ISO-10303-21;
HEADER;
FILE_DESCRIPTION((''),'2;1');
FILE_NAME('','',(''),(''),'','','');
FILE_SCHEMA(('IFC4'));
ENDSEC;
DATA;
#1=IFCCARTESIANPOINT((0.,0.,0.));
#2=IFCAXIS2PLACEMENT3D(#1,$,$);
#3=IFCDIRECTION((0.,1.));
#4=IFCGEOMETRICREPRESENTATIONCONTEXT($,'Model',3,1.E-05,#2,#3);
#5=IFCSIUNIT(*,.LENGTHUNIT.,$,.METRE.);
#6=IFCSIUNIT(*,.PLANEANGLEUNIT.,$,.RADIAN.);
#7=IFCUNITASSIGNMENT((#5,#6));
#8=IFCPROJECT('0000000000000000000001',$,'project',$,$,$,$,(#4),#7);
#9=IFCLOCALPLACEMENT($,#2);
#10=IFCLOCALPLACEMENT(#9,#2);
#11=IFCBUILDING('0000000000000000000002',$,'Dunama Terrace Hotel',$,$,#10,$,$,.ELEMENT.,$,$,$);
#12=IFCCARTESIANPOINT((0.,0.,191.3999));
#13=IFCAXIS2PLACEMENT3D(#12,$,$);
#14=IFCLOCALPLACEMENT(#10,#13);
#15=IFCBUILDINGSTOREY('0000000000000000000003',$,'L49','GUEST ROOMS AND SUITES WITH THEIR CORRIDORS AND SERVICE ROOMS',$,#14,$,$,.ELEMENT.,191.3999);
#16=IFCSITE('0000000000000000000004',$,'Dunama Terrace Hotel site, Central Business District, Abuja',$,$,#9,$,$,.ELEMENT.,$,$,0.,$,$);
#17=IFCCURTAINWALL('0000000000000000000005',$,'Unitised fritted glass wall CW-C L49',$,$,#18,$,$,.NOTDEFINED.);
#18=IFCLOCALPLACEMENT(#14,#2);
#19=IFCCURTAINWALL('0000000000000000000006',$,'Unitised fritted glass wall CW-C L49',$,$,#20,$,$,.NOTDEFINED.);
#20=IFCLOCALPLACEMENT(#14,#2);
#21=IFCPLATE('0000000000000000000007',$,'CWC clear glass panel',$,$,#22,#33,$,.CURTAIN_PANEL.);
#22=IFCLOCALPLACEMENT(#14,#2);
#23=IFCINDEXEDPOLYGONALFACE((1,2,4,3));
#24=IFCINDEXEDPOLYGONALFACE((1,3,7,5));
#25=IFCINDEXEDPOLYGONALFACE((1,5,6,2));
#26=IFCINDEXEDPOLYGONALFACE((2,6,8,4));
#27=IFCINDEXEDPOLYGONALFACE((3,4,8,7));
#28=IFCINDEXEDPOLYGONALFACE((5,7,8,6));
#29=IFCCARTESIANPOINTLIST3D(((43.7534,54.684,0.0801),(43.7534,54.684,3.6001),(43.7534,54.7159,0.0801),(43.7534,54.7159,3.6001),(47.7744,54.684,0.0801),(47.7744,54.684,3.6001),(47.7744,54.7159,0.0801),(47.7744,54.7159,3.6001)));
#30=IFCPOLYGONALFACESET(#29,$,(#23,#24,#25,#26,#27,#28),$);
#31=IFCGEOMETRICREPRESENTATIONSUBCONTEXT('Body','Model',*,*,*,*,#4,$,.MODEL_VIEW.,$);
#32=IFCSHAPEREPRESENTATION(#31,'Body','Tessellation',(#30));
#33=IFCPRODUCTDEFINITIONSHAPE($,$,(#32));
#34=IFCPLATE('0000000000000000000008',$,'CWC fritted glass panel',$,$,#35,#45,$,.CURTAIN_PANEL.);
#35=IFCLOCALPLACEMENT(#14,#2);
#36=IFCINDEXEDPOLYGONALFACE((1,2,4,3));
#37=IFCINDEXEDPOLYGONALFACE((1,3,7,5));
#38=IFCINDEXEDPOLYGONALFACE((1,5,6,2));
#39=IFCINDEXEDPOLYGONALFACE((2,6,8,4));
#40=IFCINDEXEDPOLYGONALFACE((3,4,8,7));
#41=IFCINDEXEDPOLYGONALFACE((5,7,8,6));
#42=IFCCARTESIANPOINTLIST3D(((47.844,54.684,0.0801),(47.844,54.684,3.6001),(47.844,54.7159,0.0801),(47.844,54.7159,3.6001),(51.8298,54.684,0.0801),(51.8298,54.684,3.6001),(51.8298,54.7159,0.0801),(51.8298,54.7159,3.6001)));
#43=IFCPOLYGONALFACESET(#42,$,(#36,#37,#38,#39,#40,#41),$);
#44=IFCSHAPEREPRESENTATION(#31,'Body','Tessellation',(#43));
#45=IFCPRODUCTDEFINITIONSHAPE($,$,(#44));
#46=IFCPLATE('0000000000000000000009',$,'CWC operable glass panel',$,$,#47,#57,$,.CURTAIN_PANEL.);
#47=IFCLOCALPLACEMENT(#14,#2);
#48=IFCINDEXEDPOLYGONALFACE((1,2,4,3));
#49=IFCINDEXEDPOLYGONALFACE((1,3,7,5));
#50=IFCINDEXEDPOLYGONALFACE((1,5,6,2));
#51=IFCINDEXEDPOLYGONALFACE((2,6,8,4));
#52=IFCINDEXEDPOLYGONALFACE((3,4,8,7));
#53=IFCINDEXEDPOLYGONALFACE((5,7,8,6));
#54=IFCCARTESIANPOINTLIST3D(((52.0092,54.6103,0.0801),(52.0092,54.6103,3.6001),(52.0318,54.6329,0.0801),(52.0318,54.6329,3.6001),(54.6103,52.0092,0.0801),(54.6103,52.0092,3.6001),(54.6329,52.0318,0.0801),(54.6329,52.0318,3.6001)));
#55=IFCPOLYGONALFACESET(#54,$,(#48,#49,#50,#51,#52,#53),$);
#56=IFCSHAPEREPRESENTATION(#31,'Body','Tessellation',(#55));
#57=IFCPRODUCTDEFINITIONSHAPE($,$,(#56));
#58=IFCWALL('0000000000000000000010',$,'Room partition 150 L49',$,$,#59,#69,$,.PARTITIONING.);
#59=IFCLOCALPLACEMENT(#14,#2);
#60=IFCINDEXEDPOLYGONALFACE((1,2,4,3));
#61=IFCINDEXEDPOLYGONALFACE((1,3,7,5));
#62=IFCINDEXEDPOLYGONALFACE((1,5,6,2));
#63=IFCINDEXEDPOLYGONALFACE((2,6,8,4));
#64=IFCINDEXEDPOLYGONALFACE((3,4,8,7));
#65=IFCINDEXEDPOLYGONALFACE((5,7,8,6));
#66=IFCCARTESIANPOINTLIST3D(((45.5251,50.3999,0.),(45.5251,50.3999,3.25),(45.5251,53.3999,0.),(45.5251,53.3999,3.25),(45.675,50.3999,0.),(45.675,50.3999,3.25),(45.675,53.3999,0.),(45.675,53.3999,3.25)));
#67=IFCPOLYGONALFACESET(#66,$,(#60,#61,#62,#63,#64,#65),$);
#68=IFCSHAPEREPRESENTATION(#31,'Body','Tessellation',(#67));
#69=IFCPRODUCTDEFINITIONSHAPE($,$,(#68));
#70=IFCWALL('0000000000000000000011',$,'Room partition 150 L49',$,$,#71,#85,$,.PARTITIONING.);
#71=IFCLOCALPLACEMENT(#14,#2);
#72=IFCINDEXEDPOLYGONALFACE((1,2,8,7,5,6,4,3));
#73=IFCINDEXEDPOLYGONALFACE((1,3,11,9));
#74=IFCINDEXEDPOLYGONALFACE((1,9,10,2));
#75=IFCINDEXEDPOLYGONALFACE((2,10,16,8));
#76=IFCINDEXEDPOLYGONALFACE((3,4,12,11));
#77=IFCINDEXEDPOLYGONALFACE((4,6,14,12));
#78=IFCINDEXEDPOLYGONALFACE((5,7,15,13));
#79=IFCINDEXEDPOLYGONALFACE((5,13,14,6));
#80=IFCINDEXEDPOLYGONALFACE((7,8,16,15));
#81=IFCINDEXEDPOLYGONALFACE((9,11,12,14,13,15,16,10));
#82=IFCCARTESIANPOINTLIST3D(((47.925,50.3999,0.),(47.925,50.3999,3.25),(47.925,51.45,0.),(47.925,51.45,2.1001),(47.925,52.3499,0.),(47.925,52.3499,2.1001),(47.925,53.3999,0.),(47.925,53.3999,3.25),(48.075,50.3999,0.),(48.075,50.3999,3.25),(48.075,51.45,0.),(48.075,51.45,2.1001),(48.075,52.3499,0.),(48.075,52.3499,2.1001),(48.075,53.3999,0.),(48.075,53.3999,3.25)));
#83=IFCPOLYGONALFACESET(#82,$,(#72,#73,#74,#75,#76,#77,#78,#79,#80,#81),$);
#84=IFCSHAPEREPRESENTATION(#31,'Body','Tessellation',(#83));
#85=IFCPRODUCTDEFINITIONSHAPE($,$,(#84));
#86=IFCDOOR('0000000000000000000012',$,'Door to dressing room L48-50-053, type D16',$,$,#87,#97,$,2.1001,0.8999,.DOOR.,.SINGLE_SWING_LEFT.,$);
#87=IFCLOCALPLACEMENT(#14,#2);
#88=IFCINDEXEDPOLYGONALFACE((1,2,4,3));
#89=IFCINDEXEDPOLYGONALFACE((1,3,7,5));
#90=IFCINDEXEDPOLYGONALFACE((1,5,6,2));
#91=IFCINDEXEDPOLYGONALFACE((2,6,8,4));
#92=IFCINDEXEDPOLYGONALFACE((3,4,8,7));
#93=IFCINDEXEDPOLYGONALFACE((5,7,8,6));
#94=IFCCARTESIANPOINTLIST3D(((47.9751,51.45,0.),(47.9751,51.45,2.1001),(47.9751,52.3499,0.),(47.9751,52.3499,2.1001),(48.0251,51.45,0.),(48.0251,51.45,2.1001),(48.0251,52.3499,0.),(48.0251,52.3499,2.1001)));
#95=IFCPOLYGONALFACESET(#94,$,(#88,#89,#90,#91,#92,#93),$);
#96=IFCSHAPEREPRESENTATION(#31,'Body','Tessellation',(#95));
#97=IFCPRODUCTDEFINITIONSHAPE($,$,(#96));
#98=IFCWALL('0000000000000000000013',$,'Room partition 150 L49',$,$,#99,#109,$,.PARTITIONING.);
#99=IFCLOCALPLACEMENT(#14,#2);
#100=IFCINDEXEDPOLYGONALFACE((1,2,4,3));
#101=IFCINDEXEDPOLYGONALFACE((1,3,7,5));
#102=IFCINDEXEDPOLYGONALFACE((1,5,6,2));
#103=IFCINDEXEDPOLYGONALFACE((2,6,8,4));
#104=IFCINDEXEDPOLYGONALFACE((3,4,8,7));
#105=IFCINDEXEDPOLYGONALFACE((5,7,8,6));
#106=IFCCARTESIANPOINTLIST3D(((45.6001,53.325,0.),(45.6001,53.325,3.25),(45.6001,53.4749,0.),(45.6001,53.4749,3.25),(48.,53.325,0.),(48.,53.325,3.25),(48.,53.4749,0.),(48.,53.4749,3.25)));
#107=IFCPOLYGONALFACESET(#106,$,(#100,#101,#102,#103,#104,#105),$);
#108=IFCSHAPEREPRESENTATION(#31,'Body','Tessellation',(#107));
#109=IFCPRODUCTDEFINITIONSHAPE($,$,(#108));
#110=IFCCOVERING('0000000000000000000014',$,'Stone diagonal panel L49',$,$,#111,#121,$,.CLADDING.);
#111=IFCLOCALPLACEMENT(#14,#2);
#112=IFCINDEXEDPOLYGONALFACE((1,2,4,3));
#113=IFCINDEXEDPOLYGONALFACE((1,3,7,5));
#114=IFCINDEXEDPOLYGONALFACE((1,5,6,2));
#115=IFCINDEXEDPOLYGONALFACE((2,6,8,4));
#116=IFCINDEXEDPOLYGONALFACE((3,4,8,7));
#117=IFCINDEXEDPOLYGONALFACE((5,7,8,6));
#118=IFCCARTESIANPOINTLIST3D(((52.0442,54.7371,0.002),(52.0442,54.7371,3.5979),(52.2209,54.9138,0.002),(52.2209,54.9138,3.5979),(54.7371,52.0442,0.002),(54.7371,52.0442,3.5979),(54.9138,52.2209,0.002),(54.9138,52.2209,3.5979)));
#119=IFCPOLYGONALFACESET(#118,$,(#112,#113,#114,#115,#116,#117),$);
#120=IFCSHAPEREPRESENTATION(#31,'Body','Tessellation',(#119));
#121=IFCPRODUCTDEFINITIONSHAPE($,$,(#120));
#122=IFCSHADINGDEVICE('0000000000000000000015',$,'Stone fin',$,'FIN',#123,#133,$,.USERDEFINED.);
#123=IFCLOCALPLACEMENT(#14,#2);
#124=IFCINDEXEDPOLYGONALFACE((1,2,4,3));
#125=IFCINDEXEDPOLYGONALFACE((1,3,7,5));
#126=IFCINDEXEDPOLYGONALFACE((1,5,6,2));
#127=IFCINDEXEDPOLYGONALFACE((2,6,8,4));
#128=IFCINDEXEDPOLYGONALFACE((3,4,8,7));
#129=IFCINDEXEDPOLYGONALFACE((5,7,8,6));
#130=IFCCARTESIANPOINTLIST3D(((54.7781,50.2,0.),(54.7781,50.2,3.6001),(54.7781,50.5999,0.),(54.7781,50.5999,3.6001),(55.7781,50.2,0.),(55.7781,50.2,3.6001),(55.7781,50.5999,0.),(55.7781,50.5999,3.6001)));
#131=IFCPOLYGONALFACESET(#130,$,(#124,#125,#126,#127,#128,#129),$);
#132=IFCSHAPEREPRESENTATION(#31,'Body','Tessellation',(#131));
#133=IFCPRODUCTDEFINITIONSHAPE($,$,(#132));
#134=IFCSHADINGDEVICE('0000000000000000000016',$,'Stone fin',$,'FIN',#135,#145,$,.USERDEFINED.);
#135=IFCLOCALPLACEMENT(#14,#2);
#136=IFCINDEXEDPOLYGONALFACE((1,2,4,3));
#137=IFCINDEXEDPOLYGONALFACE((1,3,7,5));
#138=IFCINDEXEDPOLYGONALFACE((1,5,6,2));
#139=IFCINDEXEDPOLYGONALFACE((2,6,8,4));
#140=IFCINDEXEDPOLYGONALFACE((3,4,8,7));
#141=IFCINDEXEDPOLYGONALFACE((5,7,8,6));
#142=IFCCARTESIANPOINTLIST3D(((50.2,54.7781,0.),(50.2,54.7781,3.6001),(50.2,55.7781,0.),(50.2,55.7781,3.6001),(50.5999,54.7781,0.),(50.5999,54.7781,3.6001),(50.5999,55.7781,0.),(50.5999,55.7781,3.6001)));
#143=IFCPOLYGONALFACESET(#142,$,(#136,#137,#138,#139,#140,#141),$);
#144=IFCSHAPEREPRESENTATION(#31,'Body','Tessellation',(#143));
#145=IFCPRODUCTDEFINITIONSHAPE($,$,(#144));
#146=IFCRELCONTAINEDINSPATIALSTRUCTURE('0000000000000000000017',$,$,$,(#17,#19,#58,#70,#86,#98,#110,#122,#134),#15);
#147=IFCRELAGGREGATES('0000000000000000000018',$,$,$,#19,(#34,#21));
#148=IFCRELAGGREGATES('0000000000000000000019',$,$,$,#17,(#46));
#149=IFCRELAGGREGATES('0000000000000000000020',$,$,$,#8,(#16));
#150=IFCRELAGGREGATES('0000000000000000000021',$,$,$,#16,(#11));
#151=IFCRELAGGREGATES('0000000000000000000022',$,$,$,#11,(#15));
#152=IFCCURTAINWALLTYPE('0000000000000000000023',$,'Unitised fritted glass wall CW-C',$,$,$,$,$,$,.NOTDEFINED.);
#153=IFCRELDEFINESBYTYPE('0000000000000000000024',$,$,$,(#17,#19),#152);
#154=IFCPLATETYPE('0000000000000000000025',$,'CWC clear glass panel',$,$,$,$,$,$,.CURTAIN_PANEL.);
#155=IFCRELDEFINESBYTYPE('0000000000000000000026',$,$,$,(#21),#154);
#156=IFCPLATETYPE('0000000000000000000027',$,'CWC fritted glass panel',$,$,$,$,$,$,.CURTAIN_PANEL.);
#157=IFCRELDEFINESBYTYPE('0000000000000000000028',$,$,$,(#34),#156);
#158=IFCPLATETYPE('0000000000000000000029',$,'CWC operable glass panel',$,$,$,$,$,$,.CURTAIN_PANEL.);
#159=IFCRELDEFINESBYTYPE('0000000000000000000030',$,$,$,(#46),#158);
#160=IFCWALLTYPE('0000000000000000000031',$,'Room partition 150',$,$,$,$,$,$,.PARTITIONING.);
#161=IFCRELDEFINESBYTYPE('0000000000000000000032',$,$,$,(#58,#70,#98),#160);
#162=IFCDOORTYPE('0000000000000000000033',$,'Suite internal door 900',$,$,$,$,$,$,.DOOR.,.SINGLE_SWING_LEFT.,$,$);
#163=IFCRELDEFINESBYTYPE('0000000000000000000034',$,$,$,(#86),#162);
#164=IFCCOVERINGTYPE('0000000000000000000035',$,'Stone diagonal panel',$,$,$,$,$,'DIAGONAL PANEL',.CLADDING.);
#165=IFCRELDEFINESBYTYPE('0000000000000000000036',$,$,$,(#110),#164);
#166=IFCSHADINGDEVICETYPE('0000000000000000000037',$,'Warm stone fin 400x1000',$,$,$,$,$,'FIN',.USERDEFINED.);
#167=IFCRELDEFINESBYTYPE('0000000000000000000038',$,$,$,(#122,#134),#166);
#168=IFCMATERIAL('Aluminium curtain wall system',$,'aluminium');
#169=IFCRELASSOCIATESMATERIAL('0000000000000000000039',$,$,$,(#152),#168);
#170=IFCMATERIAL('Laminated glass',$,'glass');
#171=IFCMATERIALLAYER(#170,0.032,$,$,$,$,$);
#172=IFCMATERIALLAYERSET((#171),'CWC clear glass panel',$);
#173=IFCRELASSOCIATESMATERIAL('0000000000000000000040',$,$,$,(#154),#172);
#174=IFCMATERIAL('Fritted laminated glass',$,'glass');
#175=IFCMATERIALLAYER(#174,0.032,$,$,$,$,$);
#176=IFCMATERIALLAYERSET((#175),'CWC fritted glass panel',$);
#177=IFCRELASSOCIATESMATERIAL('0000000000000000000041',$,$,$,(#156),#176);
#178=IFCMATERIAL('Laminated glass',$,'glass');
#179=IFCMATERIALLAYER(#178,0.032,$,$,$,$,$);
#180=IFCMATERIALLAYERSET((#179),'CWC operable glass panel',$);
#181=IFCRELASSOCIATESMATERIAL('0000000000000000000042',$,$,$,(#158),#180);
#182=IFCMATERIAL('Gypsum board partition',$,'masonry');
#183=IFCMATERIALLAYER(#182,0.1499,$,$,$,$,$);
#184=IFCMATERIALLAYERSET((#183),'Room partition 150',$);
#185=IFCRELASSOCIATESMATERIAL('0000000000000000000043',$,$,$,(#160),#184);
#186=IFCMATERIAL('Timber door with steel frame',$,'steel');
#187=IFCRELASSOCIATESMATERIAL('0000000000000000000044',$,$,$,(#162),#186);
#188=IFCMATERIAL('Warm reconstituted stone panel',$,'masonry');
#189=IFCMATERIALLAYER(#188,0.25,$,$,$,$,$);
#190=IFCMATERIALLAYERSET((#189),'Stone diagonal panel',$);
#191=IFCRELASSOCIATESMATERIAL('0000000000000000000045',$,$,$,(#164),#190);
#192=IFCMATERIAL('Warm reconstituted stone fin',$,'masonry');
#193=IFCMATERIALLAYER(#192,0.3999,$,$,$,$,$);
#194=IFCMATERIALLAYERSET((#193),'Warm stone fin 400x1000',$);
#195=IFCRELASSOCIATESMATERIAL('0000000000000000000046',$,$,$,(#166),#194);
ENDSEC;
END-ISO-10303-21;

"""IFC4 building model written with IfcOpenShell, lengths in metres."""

from ifc_helpers import new_model, si_unit, direction, frame, frame_2d, origin, origin_2d, place, context, subcontext, project, spatial, rectangle, extrude, material, layer, layer_set, type_object, element, fill, aggregate, save


model = new_model("IFC4")

# Units and contexts
model_context = context("Model", 3, precision=1e-05, world=origin(), true_north=direction((0.0, 1.0)))
body_context = subcontext(model_context, "Body", "Model", "MODEL_VIEW")
ifc_project = project(units=[si_unit("LENGTHUNIT", "METRE"), si_unit("PLANEANGLEUNIT", "RADIAN")], contexts=[model_context])

# Site, building, storey
site_placement = place(None, origin())
site = spatial("IfcSite", under=ifc_project, at=site_placement, Name="Dunama Terrace Hotel site, Central Business District, Abuja", CompositionType="ELEMENT", RefElevation=0.0)
building_placement = place(site_placement, origin())
building = spatial("IfcBuilding", under=site, at=building_placement, Name="Dunama Terrace Hotel", CompositionType="ELEMENT")
storey_placement = place(building_placement, frame((0.0, 0.0, 191.3999)))
storey = spatial("IfcBuildingStorey", under=building, at=storey_placement, Name="L49", Description="GUEST ROOMS AND SUITES WITH THEIR CORRIDORS AND SERVICE ROOMS", CompositionType="ELEMENT", Elevation=191.3999)

# Curtain walls
ifc_material_1 = material(Name="Aluminium curtain wall system", Category="aluminium")
curtain_wall_type = type_object("IfcCurtainWallType", Name="Unitised fritted glass wall CW-C", PredefinedType="NOTDEFINED", material=ifc_material_1)
curtain_wall_1_placement = place(storey_placement, origin())
curtain_wall_1 = element("IfcCurtainWall", 1, at=curtain_wall_1_placement, inside=storey, type_object=curtain_wall_type, Name="Unitised fritted glass wall CW-C L49", PredefinedType="NOTDEFINED")
curtain_wall_2_placement = place(storey_placement, origin())
curtain_wall_2 = element("IfcCurtainWall", 2, at=curtain_wall_2_placement, inside=storey, type_object=curtain_wall_type, Name="Unitised fritted glass wall CW-C L49", PredefinedType="NOTDEFINED")

# Plates
ifc_material_2 = material(Name="Laminated glass", Category="glass")
ifc_layer_1 = layer(ifc_material_2, 0.032)
ifc_layer_set_1 = layer_set([ifc_layer_1], Name="CWC clear glass panel")
plate_type_1 = type_object("IfcPlateType", Name="CWC clear glass panel", PredefinedType="CURTAIN_PANEL", material=ifc_layer_set_1)
plate_1_placement = place(storey_placement, frame((45.7639, 54.7, 0.0801), z_axis=(0.0, 0.0, 1.0), x_axis=(-1.0, 0.0, 0.0)))
plate_1 = element("IfcPlate", 3, at=plate_1_placement, type_object=plate_type_1, Name="CWC clear glass panel", PredefinedType="CURTAIN_PANEL", context=body_context, shape_type="SweptSolid", body=[
    extrude(rectangle(XDim=4.021, YDim=0.032, at=origin_2d()), origin(), (0.0, 0.0, 1.0), 3.52),
])
ifc_material_3 = material(Name="Fritted laminated glass", Category="glass")
ifc_layer_2 = layer(ifc_material_3, 0.032)
ifc_layer_set_2 = layer_set([ifc_layer_2], Name="CWC fritted glass panel")
plate_type_2 = type_object("IfcPlateType", Name="CWC fritted glass panel", PredefinedType="CURTAIN_PANEL", material=ifc_layer_set_2)
plate_2_placement = place(storey_placement, frame((49.8369, 54.7, 0.0801), z_axis=(0.0, 0.0, 1.0), x_axis=(-1.0, 0.0, 0.0)))
plate_2 = element("IfcPlate", 4, at=plate_2_placement, type_object=plate_type_2, Name="CWC fritted glass panel", PredefinedType="CURTAIN_PANEL", context=body_context, shape_type="SweptSolid", body=[
    extrude(rectangle(XDim=3.9858, YDim=0.032, at=origin_2d()), origin(), (0.0, 0.0, 1.0), 3.52),
])
aggregate(curtain_wall_2, [plate_2, plate_1])
ifc_material_4 = material(Name="Laminated glass", Category="glass")
ifc_layer_3 = layer(ifc_material_4, 0.032)
ifc_layer_set_3 = layer_set([ifc_layer_3], Name="CWC operable glass panel")
plate_type_3 = type_object("IfcPlateType", Name="CWC operable glass panel", PredefinedType="CURTAIN_PANEL", material=ifc_layer_set_3)
plate_3_placement = place(storey_placement, frame((53.321, 53.321, 0.0801), z_axis=(0.0, 0.0, 1.0), x_axis=(-0.707107, 0.707107, 0.0)))
plate_3 = element("IfcPlate", 5, at=plate_3_placement, type_object=plate_type_3, Name="CWC operable glass panel", PredefinedType="CURTAIN_PANEL", context=body_context, shape_type="SweptSolid", body=[
    extrude(rectangle(XDim=3.6785, YDim=0.032, at=origin_2d()), origin(), (0.0, 0.0, 1.0), 3.52),
])
aggregate(curtain_wall_1, [plate_3])

# Wall
ifc_material_5 = material(Name="Gypsum board partition", Category="masonry")
ifc_layer_4 = layer(ifc_material_5, 0.1499)
ifc_layer_set_4 = layer_set([ifc_layer_4], Name="Room partition 150")
wall_type = type_object("IfcWallType", Name="Room partition 150", PredefinedType="PARTITIONING", material=ifc_layer_set_4)
wall_1_placement = place(storey_placement, frame((45.6001, 50.3999, 0.0), z_axis=(0.0, 0.0, 1.0), x_axis=(0.0, 1.0, 0.0)))
element("IfcWall", 6, at=wall_1_placement, inside=storey, type_object=wall_type, Name="Room partition 150 L49", PredefinedType="PARTITIONING", context=body_context, shape_type="SweptSolid", body=[
    extrude(rectangle(XDim=3.0, YDim=0.1499, at=frame_2d((1.5, 0.0))), origin(), (0.0, 0.0, 1.0), 3.25),
])

# Wall, opening, door
wall_2_placement = place(storey_placement, frame((48.0, 50.3999, 0.0), z_axis=(0.0, 0.0, 1.0), x_axis=(0.0, 1.0, 0.0)))
wall_2 = element("IfcWall", 7, at=wall_2_placement, inside=storey, type_object=wall_type, Name="Room partition 150 L49", PredefinedType="PARTITIONING", context=body_context, shape_type="SweptSolid", body=[
    extrude(rectangle(XDim=3.0, YDim=0.1499, at=frame_2d((1.5, 0.0))), origin(), (0.0, 0.0, 1.0), 3.25),
])
opening_placement = place(wall_2_placement, frame((1.05, 0.0, 0.0)))
opening = element("IfcOpeningElement", 8, at=opening_placement, cuts=wall_2, PredefinedType="OPENING", context=body_context, shape_type="SweptSolid", body=[
    extrude(rectangle(XDim=0.8999, YDim=2.1001, at=frame_2d((0.45, 1.05))), frame((0.0, 0.085, 0.0), z_axis=(0.0, -1.0, 0.0), x_axis=(1.0, 0.0, 0.0)), (0.0, 0.0, 1.0), 0.1699),
])
ifc_material_6 = material(Name="Timber door with steel frame", Category="steel")
door_type = type_object("IfcDoorType", Name="Suite internal door 900", OperationType="SINGLE_SWING_LEFT", PredefinedType="DOOR", material=ifc_material_6)
door_placement = place(opening_placement, origin())
door = element("IfcDoor", 9, at=door_placement, inside=storey, type_object=door_type, Name="Door to dressing room L48-50-053, type D16", OperationType="SINGLE_SWING_LEFT", OverallHeight=2.1001, OverallWidth=0.8999, PredefinedType="DOOR", context=body_context, shape_type="SweptSolid", body=[
    extrude(rectangle(XDim=0.8999, YDim=2.1001, at=frame_2d((0.45, 1.05))), frame((0.0, 0.0249, 0.0), z_axis=(0.0, -1.0, 0.0), x_axis=(1.0, 0.0, 0.0)), (0.0, 0.0, 1.0), 0.05),
])
fill(opening, door)

# Wall
wall_3_placement = place(storey_placement, frame((45.6001, 53.3999, 0.0), z_axis=(0.0, 0.0, 1.0), x_axis=(1.0, 0.0, 0.0)))
element("IfcWall", 10, at=wall_3_placement, inside=storey, type_object=wall_type, Name="Room partition 150 L49", PredefinedType="PARTITIONING", context=body_context, shape_type="SweptSolid", body=[
    extrude(rectangle(XDim=2.3999, YDim=0.1499, at=frame_2d((1.2, 0.0))), origin(), (0.0, 0.0, 1.0), 3.25),
])

# Covering
ifc_material_7 = material(Name="Warm reconstituted stone panel", Category="masonry")
ifc_layer_5 = layer(ifc_material_7, 0.25)
ifc_layer_set_5 = layer_set([ifc_layer_5], Name="Stone diagonal panel")
covering_type = type_object("IfcCoveringType", Name="Stone diagonal panel", ElementType="DIAGONAL PANEL", PredefinedType="CLADDING", material=ifc_layer_set_5)
covering_placement = place(storey_placement, frame((53.479, 53.479, 0.002), z_axis=(0.0, 0.0, 1.0), x_axis=(-0.707107, 0.707107, 0.0)))
element("IfcCovering", 11, at=covering_placement, inside=storey, type_object=covering_type, Name="Stone diagonal panel L49", PredefinedType="CLADDING", context=body_context, shape_type="SweptSolid", body=[
    extrude(rectangle(XDim=3.8083, YDim=0.25, at=origin_2d()), origin(), (0.0, 0.0, 1.0), 3.5959),
])

# Shading devices
ifc_material_8 = material(Name="Warm reconstituted stone fin", Category="masonry")
ifc_layer_6 = layer(ifc_material_8, 0.3999)
ifc_layer_set_6 = layer_set([ifc_layer_6], Name="Warm stone fin 400x1000")
shading_device_type = type_object("IfcShadingDeviceType", Name="Warm stone fin 400x1000", ElementType="FIN", PredefinedType="USERDEFINED", material=ifc_layer_set_6)
for number, where, z_axis, x_axis, name in (
    (12, (55.2781, 50.3999, 0.0), (0.0, 0.0, 1.0), (0.0, 1.0, 0.0), "Stone fin"),
    (13, (50.3999, 55.2781, 0.0), (0.0, 0.0, 1.0), (-1.0, 0.0, 0.0), "Stone fin"),
):
    element("IfcShadingDevice", number, at=place(storey_placement, frame(where, z_axis=z_axis, x_axis=x_axis)), inside=storey, type_object=shading_device_type, Name=name, ObjectType="FIN", PredefinedType="USERDEFINED", context=body_context, shape_type="SweptSolid", body=[
        extrude(rectangle(XDim=0.3999, YDim=1.0, at=origin_2d()), origin(), (0.0, 0.0, 1.0), 3.6001),
    ])

save(model, "model.ifc")
